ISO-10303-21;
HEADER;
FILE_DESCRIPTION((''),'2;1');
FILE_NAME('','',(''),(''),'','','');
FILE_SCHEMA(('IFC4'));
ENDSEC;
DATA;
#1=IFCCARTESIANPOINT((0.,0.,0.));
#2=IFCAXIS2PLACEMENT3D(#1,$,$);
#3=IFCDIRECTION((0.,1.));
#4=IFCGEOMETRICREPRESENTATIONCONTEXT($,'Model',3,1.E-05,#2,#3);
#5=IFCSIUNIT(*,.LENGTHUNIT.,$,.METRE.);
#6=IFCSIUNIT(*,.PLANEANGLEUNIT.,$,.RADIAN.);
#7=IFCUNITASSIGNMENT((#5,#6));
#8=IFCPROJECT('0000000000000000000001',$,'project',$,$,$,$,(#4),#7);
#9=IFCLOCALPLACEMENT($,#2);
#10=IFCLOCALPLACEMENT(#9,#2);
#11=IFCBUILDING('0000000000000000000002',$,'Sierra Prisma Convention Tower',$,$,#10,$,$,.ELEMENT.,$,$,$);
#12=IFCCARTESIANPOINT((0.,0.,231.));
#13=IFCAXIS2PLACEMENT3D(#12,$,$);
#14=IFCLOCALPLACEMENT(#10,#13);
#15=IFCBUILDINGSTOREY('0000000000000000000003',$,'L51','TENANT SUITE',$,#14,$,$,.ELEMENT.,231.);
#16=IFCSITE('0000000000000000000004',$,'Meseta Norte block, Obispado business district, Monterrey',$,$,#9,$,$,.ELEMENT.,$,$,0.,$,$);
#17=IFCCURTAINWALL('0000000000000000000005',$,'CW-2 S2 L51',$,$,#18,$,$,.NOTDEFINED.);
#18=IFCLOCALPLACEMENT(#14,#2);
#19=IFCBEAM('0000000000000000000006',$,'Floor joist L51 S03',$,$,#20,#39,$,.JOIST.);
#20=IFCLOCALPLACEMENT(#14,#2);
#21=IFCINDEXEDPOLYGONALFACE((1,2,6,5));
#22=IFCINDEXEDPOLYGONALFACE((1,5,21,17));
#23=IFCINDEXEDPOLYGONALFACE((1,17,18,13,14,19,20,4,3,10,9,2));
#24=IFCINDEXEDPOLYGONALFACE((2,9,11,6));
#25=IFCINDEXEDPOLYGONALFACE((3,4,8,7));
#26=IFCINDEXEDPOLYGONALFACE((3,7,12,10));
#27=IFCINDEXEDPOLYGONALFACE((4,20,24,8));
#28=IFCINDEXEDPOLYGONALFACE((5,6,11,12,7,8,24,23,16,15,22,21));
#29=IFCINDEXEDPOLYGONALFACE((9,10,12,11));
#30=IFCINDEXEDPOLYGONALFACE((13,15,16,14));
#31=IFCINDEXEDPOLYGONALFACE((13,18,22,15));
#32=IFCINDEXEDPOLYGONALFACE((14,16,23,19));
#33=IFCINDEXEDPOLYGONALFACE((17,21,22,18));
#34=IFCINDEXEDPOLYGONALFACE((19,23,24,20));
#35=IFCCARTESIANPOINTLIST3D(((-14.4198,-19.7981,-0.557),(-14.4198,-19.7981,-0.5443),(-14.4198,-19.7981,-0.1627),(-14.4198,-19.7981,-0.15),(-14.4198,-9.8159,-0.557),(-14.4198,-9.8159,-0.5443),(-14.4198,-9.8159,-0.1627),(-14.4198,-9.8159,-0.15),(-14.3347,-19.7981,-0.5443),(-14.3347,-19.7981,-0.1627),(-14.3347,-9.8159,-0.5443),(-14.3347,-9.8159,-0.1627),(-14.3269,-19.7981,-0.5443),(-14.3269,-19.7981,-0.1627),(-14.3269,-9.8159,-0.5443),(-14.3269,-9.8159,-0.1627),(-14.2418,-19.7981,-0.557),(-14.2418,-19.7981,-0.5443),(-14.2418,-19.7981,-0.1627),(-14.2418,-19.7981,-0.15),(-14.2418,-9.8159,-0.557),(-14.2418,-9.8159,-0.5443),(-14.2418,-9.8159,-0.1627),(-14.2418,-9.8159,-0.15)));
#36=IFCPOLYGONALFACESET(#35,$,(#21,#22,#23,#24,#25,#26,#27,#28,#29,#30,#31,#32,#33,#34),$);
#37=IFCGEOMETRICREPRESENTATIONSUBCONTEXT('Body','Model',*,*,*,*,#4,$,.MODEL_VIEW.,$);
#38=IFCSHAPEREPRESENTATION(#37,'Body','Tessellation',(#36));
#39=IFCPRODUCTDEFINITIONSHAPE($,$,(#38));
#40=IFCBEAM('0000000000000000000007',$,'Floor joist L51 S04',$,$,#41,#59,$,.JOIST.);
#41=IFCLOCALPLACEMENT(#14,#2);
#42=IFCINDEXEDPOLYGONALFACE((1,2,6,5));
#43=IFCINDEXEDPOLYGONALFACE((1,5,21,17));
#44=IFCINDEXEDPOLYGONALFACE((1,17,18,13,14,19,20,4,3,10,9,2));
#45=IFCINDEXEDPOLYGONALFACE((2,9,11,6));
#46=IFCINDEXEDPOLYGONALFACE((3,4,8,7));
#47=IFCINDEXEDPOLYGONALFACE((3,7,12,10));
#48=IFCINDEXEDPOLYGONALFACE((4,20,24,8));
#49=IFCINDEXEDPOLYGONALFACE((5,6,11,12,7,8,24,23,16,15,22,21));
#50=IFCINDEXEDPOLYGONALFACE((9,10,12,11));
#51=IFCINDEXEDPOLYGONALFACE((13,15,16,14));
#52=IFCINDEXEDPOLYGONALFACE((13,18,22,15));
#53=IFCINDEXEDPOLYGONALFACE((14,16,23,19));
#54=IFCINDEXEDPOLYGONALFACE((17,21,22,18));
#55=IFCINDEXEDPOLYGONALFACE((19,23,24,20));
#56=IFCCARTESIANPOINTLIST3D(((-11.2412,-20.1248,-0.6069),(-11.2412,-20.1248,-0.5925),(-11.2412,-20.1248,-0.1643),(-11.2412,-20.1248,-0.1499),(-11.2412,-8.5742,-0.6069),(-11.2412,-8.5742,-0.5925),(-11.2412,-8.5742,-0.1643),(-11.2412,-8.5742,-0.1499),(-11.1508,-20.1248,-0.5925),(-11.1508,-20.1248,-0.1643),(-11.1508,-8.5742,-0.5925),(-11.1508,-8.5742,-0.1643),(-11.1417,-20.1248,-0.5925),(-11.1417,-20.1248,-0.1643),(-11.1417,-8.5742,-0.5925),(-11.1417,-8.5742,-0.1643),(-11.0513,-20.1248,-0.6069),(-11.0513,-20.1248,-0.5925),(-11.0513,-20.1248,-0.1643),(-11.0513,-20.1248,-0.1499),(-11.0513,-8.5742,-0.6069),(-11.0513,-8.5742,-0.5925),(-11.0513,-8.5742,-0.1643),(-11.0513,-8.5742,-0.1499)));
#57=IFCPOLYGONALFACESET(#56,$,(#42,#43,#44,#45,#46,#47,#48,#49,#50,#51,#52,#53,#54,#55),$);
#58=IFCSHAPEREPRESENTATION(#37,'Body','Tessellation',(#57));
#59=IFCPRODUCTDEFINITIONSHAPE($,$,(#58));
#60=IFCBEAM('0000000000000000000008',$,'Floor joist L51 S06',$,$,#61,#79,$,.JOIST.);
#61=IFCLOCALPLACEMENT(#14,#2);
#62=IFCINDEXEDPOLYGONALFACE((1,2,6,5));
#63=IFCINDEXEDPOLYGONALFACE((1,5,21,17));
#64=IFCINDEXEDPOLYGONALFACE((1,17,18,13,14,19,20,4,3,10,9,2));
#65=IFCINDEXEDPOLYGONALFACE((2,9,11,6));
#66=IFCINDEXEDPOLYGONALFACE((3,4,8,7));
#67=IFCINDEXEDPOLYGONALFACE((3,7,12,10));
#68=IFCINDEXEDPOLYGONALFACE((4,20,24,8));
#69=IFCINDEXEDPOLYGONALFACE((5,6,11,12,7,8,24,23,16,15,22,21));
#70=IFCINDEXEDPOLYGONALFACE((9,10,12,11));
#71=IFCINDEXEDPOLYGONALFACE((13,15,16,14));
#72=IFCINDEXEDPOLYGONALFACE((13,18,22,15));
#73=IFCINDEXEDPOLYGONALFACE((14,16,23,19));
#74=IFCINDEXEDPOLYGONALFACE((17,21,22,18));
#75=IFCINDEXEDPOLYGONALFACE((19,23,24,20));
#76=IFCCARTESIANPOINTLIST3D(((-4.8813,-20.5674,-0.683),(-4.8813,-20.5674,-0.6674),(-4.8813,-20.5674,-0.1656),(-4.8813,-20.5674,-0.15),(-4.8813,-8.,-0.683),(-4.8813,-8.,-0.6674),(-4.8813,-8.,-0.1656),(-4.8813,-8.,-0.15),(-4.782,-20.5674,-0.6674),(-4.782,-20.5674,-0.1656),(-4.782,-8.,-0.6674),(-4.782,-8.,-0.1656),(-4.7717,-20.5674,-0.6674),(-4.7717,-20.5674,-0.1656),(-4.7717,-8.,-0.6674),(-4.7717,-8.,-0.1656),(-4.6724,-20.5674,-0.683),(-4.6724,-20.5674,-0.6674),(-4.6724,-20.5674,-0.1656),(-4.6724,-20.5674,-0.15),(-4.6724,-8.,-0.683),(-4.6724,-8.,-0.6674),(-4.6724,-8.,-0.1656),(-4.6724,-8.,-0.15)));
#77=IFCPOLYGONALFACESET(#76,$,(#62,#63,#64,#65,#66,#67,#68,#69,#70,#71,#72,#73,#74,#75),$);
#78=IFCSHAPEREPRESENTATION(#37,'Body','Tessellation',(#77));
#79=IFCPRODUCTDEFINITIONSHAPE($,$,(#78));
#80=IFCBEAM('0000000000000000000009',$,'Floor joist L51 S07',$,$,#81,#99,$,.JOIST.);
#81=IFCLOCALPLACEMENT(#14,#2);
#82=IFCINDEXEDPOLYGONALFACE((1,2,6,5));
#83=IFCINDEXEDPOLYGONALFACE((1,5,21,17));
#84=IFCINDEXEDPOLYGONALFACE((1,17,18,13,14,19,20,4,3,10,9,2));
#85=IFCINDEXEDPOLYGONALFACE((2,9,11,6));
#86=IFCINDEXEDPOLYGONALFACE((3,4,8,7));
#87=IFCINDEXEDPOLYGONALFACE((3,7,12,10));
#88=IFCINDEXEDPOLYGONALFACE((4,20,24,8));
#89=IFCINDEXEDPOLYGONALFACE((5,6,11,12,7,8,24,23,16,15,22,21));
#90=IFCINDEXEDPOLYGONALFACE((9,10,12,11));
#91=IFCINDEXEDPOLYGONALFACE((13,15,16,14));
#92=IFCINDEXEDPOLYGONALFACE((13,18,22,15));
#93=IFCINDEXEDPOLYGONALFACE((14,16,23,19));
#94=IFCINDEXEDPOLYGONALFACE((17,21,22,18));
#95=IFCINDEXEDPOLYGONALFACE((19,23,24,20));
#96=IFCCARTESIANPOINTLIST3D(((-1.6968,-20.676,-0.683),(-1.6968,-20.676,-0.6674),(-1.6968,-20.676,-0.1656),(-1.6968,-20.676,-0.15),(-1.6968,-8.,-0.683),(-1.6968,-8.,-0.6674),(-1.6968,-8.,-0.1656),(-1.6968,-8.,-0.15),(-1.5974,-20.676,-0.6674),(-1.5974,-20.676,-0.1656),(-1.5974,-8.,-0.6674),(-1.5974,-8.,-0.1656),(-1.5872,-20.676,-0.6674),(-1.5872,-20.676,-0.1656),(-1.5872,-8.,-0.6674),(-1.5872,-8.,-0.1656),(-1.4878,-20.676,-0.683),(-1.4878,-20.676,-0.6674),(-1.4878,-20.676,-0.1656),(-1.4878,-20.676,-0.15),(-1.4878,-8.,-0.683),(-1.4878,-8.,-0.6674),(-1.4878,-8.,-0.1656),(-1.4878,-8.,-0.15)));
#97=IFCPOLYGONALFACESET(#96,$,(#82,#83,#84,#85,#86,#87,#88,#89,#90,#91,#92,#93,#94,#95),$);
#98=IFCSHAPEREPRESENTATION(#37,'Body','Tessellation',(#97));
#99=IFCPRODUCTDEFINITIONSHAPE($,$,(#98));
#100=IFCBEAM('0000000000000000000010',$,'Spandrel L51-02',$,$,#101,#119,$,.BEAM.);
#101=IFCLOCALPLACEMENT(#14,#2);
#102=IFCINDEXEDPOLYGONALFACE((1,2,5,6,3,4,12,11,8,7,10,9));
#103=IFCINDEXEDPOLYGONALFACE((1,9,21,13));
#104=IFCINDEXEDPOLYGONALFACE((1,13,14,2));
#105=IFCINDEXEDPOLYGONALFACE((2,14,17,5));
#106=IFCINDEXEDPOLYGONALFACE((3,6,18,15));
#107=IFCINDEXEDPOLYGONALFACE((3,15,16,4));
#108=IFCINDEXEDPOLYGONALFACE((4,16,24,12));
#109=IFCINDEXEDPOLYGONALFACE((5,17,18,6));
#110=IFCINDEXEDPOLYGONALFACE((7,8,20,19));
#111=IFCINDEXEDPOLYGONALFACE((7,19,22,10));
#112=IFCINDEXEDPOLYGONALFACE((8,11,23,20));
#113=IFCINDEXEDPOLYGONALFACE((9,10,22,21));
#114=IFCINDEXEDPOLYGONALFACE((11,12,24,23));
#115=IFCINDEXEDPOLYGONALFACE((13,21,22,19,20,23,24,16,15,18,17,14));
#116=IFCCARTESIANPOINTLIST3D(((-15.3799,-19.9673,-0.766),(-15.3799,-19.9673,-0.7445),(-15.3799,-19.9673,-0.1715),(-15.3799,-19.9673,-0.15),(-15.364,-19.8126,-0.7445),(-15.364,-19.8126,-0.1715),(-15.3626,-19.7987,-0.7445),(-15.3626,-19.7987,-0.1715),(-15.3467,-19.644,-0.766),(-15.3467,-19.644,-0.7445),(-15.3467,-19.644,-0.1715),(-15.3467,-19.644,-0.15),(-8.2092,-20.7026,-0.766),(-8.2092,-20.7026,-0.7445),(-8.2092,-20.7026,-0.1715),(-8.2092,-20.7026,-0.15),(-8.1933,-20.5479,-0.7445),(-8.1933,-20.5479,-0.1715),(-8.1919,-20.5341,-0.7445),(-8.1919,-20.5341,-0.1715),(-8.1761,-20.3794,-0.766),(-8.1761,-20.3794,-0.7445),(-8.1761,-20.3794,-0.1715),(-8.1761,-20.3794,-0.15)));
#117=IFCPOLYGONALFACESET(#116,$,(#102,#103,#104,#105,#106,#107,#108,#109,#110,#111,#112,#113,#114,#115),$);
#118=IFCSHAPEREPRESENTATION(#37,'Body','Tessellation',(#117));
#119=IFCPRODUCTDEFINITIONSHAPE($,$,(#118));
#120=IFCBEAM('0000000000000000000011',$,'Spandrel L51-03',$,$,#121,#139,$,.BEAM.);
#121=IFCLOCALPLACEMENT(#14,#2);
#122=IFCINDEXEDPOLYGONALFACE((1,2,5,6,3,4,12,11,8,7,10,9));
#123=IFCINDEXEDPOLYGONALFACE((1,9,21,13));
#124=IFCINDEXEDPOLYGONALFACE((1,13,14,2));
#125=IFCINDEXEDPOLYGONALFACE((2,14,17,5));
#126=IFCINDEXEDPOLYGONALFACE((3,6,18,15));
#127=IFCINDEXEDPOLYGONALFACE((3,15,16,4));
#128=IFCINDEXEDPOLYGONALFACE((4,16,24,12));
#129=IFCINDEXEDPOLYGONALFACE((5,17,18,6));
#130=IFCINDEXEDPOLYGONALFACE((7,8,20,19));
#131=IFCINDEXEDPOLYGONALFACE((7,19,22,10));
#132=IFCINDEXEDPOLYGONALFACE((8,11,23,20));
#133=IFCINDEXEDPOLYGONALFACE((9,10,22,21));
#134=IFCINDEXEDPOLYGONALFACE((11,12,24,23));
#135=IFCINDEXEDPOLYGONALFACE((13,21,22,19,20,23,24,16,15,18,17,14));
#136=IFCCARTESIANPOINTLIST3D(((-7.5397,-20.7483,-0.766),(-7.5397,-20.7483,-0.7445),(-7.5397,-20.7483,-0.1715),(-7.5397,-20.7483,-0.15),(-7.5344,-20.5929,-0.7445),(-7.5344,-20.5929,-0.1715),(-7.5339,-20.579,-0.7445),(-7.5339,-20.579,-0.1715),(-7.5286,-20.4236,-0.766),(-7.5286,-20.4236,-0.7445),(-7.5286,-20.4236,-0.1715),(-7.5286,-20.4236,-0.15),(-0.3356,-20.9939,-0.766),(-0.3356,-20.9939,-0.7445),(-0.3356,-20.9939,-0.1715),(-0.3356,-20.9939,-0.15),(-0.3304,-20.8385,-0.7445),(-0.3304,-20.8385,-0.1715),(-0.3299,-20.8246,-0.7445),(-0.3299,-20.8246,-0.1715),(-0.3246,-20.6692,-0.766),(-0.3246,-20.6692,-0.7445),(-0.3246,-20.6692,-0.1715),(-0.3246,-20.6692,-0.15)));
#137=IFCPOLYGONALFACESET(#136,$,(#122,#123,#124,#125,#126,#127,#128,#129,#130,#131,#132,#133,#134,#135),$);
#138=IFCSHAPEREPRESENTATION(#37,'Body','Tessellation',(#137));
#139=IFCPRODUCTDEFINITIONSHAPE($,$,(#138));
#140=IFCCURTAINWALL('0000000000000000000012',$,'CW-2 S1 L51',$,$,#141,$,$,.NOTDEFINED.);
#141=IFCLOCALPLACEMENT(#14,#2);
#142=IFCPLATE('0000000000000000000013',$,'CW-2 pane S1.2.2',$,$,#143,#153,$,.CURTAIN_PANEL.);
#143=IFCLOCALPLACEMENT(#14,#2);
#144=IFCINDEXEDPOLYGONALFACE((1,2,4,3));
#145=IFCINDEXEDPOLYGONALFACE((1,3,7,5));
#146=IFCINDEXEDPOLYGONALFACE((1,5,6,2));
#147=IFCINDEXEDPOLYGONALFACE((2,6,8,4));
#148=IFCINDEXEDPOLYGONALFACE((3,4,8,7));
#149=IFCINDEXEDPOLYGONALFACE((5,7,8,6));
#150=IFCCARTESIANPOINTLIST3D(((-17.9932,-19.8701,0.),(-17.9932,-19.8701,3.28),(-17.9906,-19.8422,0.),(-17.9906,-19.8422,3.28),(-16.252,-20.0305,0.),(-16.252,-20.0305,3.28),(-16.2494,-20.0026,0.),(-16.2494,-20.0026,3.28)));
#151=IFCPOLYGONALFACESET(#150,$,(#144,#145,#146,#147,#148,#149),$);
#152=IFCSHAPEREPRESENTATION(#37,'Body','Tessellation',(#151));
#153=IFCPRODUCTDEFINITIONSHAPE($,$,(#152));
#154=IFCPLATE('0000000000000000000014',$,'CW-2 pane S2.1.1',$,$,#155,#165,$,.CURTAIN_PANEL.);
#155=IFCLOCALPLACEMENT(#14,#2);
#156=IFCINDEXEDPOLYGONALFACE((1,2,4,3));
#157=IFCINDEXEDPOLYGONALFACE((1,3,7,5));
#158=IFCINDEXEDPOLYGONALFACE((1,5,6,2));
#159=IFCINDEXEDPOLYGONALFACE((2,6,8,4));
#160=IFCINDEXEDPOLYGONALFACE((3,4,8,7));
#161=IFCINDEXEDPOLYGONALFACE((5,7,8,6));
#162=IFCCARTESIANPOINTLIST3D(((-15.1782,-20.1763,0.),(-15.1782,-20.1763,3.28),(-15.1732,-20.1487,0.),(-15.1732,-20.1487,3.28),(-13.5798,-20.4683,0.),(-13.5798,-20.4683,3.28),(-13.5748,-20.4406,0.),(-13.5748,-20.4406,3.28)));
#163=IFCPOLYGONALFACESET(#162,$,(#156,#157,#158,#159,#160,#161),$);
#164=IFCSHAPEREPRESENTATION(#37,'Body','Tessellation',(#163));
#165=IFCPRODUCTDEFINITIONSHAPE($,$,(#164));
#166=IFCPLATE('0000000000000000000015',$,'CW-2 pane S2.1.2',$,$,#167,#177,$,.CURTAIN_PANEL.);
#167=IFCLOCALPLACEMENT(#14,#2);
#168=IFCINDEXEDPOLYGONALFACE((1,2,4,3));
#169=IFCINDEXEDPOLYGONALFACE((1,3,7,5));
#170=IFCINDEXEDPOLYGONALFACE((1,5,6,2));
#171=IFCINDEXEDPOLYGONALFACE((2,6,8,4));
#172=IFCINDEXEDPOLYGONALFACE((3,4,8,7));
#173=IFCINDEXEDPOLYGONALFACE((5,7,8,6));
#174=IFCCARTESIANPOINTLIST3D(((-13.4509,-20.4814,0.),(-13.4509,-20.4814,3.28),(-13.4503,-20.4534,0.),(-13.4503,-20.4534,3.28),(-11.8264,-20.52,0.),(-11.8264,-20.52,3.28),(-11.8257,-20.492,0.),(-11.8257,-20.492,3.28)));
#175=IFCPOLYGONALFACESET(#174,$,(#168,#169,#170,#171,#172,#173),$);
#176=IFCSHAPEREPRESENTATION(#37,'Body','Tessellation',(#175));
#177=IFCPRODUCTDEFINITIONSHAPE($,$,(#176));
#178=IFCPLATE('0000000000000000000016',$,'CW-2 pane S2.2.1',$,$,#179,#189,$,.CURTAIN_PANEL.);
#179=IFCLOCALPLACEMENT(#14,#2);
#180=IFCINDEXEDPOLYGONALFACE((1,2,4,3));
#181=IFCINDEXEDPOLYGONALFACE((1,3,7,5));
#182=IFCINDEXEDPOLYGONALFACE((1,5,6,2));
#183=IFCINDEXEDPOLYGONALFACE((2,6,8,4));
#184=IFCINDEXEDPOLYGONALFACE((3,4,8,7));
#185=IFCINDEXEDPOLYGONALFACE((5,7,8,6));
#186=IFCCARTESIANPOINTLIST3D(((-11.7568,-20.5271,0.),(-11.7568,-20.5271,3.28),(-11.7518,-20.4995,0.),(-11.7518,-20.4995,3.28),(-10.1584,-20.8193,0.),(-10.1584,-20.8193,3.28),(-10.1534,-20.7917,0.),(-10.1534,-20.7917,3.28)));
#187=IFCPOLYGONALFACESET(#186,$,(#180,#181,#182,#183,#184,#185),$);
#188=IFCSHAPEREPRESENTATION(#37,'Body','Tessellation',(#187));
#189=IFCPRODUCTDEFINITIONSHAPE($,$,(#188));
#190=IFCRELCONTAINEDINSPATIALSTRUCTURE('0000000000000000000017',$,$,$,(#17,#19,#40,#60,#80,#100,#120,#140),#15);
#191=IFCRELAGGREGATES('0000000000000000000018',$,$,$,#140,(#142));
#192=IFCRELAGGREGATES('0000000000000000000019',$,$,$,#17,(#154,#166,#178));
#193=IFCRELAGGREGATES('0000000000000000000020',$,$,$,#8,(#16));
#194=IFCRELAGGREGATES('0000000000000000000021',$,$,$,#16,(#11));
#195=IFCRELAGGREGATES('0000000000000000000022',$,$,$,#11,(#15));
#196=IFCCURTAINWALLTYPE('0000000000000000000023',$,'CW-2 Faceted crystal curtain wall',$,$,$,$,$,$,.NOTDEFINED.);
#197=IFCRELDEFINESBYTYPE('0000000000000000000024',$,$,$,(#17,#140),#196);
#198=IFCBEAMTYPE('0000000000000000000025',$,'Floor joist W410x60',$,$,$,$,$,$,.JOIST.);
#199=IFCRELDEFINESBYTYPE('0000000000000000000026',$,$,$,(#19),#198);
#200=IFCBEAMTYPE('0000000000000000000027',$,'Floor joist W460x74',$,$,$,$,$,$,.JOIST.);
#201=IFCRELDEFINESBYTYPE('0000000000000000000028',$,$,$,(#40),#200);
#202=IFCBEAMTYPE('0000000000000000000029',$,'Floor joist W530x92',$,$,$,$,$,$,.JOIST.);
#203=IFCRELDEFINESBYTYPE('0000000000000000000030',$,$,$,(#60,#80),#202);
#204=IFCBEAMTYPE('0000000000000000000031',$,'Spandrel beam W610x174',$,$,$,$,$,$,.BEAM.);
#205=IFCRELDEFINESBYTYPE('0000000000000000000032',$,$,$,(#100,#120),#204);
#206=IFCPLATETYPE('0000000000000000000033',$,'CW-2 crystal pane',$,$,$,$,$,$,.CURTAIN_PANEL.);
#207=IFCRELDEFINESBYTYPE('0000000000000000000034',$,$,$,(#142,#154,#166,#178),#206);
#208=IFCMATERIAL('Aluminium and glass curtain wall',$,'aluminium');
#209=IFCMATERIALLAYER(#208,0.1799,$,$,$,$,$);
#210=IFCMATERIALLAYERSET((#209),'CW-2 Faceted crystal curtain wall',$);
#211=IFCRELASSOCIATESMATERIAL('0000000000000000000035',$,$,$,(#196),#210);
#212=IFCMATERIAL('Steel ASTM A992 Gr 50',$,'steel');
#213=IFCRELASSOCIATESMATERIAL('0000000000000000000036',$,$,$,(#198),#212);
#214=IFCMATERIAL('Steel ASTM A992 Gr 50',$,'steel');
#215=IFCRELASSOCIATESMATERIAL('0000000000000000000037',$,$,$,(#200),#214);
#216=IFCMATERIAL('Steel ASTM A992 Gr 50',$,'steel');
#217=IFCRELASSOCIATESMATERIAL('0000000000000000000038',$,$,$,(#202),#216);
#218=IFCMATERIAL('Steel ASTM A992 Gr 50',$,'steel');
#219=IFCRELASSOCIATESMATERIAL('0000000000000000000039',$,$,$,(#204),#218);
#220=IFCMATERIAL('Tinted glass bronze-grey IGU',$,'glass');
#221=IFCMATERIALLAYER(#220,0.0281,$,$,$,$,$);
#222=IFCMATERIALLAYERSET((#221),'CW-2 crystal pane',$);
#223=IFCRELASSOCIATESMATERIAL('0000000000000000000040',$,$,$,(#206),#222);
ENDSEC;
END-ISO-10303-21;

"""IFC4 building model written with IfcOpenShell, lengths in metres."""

from ifc_helpers import new_model, si_unit, direction, frame, origin, origin_2d, place, context, subcontext, project, spatial, polyline, i_section, outline, extrude, material, layer, layer_set, material_profile, profile_set, type_object, element, aggregate, save


model = new_model("IFC4")

# Units and contexts
model_context = context("Model", 3, precision=1e-05, world=origin(), true_north=direction((0.0, 1.0)))
body_context = subcontext(model_context, "Body", "Model", "MODEL_VIEW")
ifc_project = project(units=[si_unit("LENGTHUNIT", "METRE"), si_unit("PLANEANGLEUNIT", "RADIAN")], contexts=[model_context])

# Site, building, storey
site_placement = place(None, origin())
site = spatial("IfcSite", under=ifc_project, at=site_placement, Name="Meseta Norte block, Obispado business district, Monterrey", CompositionType="ELEMENT", RefElevation=0.0)
building_placement = place(site_placement, origin())
building = spatial("IfcBuilding", under=site, at=building_placement, Name="Sierra Prisma Convention Tower", CompositionType="ELEMENT")
storey_placement = place(building_placement, frame((0.0, 0.0, 231.0)))
storey = spatial("IfcBuildingStorey", under=building, at=storey_placement, Name="L51", Description="TENANT SUITE", CompositionType="ELEMENT", Elevation=231.0)

# Curtain wall
ifc_material_1 = material(Name="Aluminium and glass curtain wall", Category="aluminium")
ifc_layer_1 = layer(ifc_material_1, 0.1799)
ifc_layer_set_1 = layer_set([ifc_layer_1], Name="CW-2 Faceted crystal curtain wall")
curtain_wall_type = type_object("IfcCurtainWallType", Name="CW-2 Faceted crystal curtain wall", PredefinedType="NOTDEFINED", material=ifc_layer_set_1)
curtain_wall_1_placement = place(storey_placement, origin())
curtain_wall_1 = element("IfcCurtainWall", 1, at=curtain_wall_1_placement, inside=storey, type_object=curtain_wall_type, Name="CW-2 S2 L51", PredefinedType="NOTDEFINED")

# Beams
ifc_material_2 = material(Name="Steel ASTM A992 Gr 50", Category="steel")
ifc_material_profile_1 = material_profile(ifc_material_2, i_section(OverallWidth=0.178, OverallDepth=0.407, WebThickness=0.0078, FlangeThickness=0.0127, at=origin_2d()), Name="W410x60")
ifc_profile_set_1 = profile_set([ifc_material_profile_1], Name="Steel ASTM A992 Gr 50")
beam_type_1 = type_object("IfcBeamType", Name="Floor joist W410x60", PredefinedType="JOIST", material=ifc_profile_set_1)
beam_1_placement = place(storey_placement, frame((-14.3308, -19.7981, -0.3535), z_axis=(0.0, 1.0, 0.0), x_axis=(-1.0, 0.0, 0.0)))
element("IfcBeam", 2, at=beam_1_placement, inside=storey, type_object=beam_type_1, Name="Floor joist L51 S03", PredefinedType="JOIST", context=body_context, shape_type="SweptSolid", body=[
    extrude(i_section(OverallWidth=0.178, OverallDepth=0.407, WebThickness=0.0078, FlangeThickness=0.0127, at=origin_2d()), origin(), (0.0, 0.0, 1.0), 9.9822),
])
ifc_material_3 = material(Name="Steel ASTM A992 Gr 50", Category="steel")
ifc_material_profile_2 = material_profile(ifc_material_3, i_section(OverallWidth=0.1899, OverallDepth=0.457, WebThickness=0.009, FlangeThickness=0.0144, at=origin_2d()), Name="W460x74")
ifc_profile_set_2 = profile_set([ifc_material_profile_2], Name="Steel ASTM A992 Gr 50")
beam_type_2 = type_object("IfcBeamType", Name="Floor joist W460x74", PredefinedType="JOIST", material=ifc_profile_set_2)
beam_2_placement = place(storey_placement, frame((-11.1462, -20.1248, -0.3784), z_axis=(0.0, 1.0, 0.0), x_axis=(-1.0, 0.0, 0.0)))
element("IfcBeam", 3, at=beam_2_placement, inside=storey, type_object=beam_type_2, Name="Floor joist L51 S04", PredefinedType="JOIST", context=body_context, shape_type="SweptSolid", body=[
    extrude(i_section(OverallWidth=0.1899, OverallDepth=0.457, WebThickness=0.009, FlangeThickness=0.0144, at=origin_2d()), origin(), (0.0, 0.0, 1.0), 11.5505),
])
ifc_material_4 = material(Name="Steel ASTM A992 Gr 50", Category="steel")
ifc_material_profile_3 = material_profile(ifc_material_4, i_section(OverallWidth=0.209, OverallDepth=0.533, WebThickness=0.0103, FlangeThickness=0.0156, at=origin_2d()), Name="W530x92")
ifc_profile_set_3 = profile_set([ifc_material_profile_3], Name="Steel ASTM A992 Gr 50")
beam_type_3 = type_object("IfcBeamType", Name="Floor joist W530x92", PredefinedType="JOIST", material=ifc_profile_set_3)
beam_3_placement = place(storey_placement, frame((-4.7769, -20.5674, -0.4165), z_axis=(0.0, 1.0, 0.0), x_axis=(-1.0, 0.0, 0.0)))
element("IfcBeam", 4, at=beam_3_placement, inside=storey, type_object=beam_type_3, Name="Floor joist L51 S06", PredefinedType="JOIST", context=body_context, shape_type="SweptSolid", body=[
    extrude(i_section(OverallWidth=0.209, OverallDepth=0.533, WebThickness=0.0103, FlangeThickness=0.0156, at=origin_2d()), origin(), (0.0, 0.0, 1.0), 12.5674),
])
beam_4_placement = place(storey_placement, frame((-1.5923, -20.676, -0.4165), z_axis=(0.0, 1.0, 0.0), x_axis=(-1.0, 0.0, 0.0)))
element("IfcBeam", 5, at=beam_4_placement, inside=storey, type_object=beam_type_3, Name="Floor joist L51 S07", PredefinedType="JOIST", context=body_context, shape_type="SweptSolid", body=[
    extrude(i_section(OverallWidth=0.209, OverallDepth=0.533, WebThickness=0.0103, FlangeThickness=0.0156, at=origin_2d()), origin(), (0.0, 0.0, 1.0), 12.676),
])
ifc_material_5 = material(Name="Steel ASTM A992 Gr 50", Category="steel")
ifc_material_profile_4 = material_profile(ifc_material_5, i_section(OverallWidth=0.325, OverallDepth=0.616, WebThickness=0.0139, FlangeThickness=0.0215, at=origin_2d()), Name="W610x174")
ifc_profile_set_4 = profile_set([ifc_material_profile_4], Name="Steel ASTM A992 Gr 50")
beam_type_4 = type_object("IfcBeamType", Name="Spandrel beam W610x174", PredefinedType="BEAM", material=ifc_profile_set_4)
for number, where, z_axis, x_axis, name in (
    (6, (-15.3633, -19.8057, -0.458), (0.994783, -0.102015, 0.0), (0.102015, 0.994783, 0.0), "Spandrel L51-02"),
    (7, (-7.5342, -20.5859, -0.458), (0.999419, -0.034073, 0.0), (0.034073, 0.999419, 0.0), "Spandrel L51-03"),
):
    element("IfcBeam", number, at=place(storey_placement, frame(where, z_axis=z_axis, x_axis=x_axis)), inside=storey, type_object=beam_type_4, Name=name, PredefinedType="BEAM", context=body_context, shape_type="SweptSolid", body=[
        extrude(i_section(OverallWidth=0.325, OverallDepth=0.616, WebThickness=0.0139, FlangeThickness=0.0215, at=origin_2d()), origin(), (0.0, 0.0, 1.0), 7.2083),
    ])

# Curtain wall, plate
curtain_wall_2_placement = place(storey_placement, origin())
curtain_wall_2 = element("IfcCurtainWall", 8, at=curtain_wall_2_placement, inside=storey, type_object=curtain_wall_type, Name="CW-2 S1 L51", PredefinedType="NOTDEFINED")
ifc_material_6 = material(Name="Tinted glass bronze-grey IGU", Category="glass")
ifc_layer_2 = layer(ifc_material_6, 0.0281)
ifc_layer_set_2 = layer_set([ifc_layer_2], Name="CW-2 crystal pane")
plate_type = type_object("IfcPlateType", Name="CW-2 crystal pane", PredefinedType="CURTAIN_PANEL", material=ifc_layer_set_2)
plate_1_placement = place(storey_placement, frame((-16.252, -20.0305, 0.0), z_axis=(-0.091732, -0.995784, 0.0), x_axis=(-0.995784, 0.091732, 0.0)))
plate_1 = element("IfcPlate", 9, at=plate_1_placement, type_object=plate_type, Name="CW-2 pane S1.2.2", PredefinedType="CURTAIN_PANEL", context=body_context, shape_type="SweptSolid", body=[
    extrude(outline(polyline([(0.0, 0.0), (1.7486, 0.0), (1.7486, -3.28), (0.0, -3.28), (0.0, 0.0)])), origin(), (0.0, 0.0, -1.0), 0.0281),
])
aggregate(curtain_wall_2, [plate_1])

# Plates
plate_2_placement = place(storey_placement, frame((-15.1782, -20.1763, 0.0), z_axis=(-0.179705, -0.983721, 0.0), x_axis=(0.983721, -0.179705, 0.0)))
plate_2 = element("IfcPlate", 10, at=plate_2_placement, type_object=plate_type, Name="CW-2 pane S2.1.1", PredefinedType="CURTAIN_PANEL", context=body_context, shape_type="SweptSolid", body=[
    extrude(outline(polyline([(0.0, 0.0), (1.6248, 0.0), (1.6248, 3.28), (0.0, 3.28), (0.0, 0.0)])), origin(), (0.0, 0.0, -1.0), 0.0281),
])
plate_3_placement = place(storey_placement, frame((-11.8264, -20.52, 0.0), z_axis=(-0.023738, -0.999718, 0.0), x_axis=(-0.999718, 0.023738, 0.0)))
plate_3 = element("IfcPlate", 11, at=plate_3_placement, type_object=plate_type, Name="CW-2 pane S2.1.2", PredefinedType="CURTAIN_PANEL", context=body_context, shape_type="SweptSolid", body=[
    extrude(outline(polyline([(0.0, 0.0), (1.625, 0.0), (1.625, -3.28), (0.0, -3.28), (0.0, 0.0)])), origin(), (0.0, 0.0, -1.0), 0.0281),
])
plate_4_placement = place(storey_placement, frame((-11.7568, -20.5271, 0.0), z_axis=(-0.179851, -0.983694, 0.0), x_axis=(0.983694, -0.179851, 0.0)))
plate_4 = element("IfcPlate", 12, at=plate_4_placement, type_object=plate_type, Name="CW-2 pane S2.2.1", PredefinedType="CURTAIN_PANEL", context=body_context, shape_type="SweptSolid", body=[
    extrude(outline(polyline([(0.0, 0.0), (1.6249, 0.0), (1.6249, 3.28), (0.0, 3.28), (0.0, 0.0)])), origin(), (0.0, 0.0, -1.0), 0.0281),
])
aggregate(curtain_wall_1, [plate_2, plate_3, plate_4])

save(model, "model.ifc")
